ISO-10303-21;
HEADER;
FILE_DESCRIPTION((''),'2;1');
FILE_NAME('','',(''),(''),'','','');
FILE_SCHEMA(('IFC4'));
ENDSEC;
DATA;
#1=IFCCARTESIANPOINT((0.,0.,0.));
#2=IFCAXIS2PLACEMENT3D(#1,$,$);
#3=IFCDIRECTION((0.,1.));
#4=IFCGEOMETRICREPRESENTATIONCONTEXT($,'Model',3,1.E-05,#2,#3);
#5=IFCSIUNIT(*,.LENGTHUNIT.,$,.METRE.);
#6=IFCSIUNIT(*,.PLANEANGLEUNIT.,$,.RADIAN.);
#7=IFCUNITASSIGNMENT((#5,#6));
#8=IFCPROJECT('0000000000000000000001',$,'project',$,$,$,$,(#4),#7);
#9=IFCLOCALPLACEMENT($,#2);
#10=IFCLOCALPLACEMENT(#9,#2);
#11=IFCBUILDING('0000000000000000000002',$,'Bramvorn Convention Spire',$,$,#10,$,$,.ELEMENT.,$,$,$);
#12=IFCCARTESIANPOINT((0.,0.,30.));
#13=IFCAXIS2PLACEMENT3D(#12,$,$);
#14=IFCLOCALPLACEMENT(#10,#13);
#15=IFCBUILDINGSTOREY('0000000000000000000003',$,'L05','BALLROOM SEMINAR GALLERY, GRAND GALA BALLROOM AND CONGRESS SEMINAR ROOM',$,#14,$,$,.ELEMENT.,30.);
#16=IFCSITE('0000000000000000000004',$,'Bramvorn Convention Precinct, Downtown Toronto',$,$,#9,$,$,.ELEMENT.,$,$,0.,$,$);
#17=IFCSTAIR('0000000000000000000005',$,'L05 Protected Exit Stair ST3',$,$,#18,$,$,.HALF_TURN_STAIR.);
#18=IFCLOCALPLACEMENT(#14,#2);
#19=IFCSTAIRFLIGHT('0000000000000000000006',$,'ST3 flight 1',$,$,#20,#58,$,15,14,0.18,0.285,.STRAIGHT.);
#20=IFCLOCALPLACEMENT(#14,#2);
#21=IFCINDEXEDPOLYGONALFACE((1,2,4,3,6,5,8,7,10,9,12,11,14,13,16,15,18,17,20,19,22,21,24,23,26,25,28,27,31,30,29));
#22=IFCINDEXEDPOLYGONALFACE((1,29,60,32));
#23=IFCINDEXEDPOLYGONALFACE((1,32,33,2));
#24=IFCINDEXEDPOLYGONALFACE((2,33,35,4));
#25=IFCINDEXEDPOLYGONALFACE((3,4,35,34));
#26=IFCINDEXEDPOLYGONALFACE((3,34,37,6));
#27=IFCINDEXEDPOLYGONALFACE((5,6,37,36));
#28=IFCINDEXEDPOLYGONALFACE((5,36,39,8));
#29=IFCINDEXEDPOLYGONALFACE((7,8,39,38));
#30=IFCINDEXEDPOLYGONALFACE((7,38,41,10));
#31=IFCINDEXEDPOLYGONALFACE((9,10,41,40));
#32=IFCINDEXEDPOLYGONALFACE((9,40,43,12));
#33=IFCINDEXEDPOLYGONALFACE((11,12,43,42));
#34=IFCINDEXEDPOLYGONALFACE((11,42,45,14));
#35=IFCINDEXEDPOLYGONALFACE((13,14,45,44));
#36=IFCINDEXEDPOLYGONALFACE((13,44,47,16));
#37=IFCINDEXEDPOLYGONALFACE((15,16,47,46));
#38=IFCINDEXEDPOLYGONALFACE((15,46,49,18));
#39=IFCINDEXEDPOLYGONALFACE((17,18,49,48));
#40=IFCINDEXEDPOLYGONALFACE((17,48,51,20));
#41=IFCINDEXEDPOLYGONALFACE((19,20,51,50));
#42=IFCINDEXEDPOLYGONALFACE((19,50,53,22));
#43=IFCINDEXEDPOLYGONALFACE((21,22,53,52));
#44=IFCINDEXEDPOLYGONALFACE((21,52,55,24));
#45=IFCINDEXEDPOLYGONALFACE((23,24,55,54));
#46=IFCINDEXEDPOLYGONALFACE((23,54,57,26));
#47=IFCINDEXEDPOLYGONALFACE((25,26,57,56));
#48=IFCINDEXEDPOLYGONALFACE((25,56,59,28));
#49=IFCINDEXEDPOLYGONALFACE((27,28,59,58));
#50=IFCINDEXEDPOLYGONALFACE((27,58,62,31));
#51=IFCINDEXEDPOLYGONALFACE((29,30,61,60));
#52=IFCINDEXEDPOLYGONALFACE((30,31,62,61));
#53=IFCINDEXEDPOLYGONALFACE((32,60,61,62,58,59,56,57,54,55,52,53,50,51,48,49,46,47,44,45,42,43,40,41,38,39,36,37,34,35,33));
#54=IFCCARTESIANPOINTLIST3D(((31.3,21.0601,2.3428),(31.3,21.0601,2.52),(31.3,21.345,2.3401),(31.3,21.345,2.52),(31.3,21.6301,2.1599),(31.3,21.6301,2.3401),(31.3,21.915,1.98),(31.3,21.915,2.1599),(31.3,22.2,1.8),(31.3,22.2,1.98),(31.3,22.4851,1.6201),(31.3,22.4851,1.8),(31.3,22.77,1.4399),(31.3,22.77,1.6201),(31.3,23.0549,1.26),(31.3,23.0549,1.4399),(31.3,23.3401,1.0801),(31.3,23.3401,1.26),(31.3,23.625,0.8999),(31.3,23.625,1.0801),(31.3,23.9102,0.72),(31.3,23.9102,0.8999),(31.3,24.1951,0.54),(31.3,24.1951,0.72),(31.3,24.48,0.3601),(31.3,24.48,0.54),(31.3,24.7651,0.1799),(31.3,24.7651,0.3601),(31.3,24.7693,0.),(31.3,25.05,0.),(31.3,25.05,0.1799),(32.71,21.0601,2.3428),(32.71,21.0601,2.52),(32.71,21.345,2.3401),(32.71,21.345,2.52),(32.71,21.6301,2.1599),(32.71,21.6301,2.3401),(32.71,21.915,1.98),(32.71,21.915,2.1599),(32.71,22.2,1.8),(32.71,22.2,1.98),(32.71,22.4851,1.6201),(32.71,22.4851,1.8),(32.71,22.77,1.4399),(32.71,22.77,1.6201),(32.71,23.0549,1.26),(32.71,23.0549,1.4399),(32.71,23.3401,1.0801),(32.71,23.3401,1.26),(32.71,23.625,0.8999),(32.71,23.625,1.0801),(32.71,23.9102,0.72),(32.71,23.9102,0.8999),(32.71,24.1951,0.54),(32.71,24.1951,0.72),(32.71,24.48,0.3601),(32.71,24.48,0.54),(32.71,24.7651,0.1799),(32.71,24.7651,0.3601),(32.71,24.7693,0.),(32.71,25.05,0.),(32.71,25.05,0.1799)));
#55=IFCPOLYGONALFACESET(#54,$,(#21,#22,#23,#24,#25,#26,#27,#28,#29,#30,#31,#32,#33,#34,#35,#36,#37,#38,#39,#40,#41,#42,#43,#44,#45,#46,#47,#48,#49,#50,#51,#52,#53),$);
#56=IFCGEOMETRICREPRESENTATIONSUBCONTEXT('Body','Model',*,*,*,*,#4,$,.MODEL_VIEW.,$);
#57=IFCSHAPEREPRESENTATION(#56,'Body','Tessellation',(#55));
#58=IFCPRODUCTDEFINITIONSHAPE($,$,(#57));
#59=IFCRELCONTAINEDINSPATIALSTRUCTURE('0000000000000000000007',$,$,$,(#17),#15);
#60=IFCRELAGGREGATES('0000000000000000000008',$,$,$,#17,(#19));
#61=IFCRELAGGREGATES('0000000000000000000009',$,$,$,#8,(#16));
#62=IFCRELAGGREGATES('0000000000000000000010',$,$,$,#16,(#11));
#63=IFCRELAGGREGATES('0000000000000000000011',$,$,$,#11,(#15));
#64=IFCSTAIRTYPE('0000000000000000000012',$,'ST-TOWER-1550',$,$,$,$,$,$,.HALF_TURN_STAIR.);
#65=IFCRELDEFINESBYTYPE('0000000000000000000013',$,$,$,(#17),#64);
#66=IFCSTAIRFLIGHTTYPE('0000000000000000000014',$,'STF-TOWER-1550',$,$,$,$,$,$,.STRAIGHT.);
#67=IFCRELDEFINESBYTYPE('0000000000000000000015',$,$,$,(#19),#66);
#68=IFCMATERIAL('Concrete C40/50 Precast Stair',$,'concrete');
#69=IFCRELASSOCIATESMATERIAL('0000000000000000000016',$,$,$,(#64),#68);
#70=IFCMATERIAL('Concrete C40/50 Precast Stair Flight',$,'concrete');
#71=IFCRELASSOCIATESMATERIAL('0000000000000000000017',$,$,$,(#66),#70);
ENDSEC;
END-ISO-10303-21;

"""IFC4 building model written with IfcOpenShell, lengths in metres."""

from ifc_helpers import new_model, si_unit, direction, frame, origin, place, context, subcontext, project, spatial, polyline, outline, extrude, material, type_object, element, aggregate, save


model = new_model("IFC4")

# Units and contexts
model_context = context("Model", 3, precision=1e-05, world=origin(), true_north=direction((0.0, 1.0)))
body_context = subcontext(model_context, "Body", "Model", "MODEL_VIEW")
ifc_project = project(units=[si_unit("LENGTHUNIT", "METRE"), si_unit("PLANEANGLEUNIT", "RADIAN")], contexts=[model_context])

# Site, building, storey
site_placement = place(None, origin())
site = spatial("IfcSite", under=ifc_project, at=site_placement, Name="Bramvorn Convention Precinct, Downtown Toronto", CompositionType="ELEMENT", RefElevation=0.0)
building_placement = place(site_placement, origin())
building = spatial("IfcBuilding", under=site, at=building_placement, Name="Bramvorn Convention Spire", CompositionType="ELEMENT")
storey_placement = place(building_placement, frame((0.0, 0.0, 30.0)))
storey = spatial("IfcBuildingStorey", under=building, at=storey_placement, Name="L05", Description="BALLROOM SEMINAR GALLERY, GRAND GALA BALLROOM AND CONGRESS SEMINAR ROOM", CompositionType="ELEMENT", Elevation=30.0)

# Stair, stair flight
ifc_material_1 = material(Name="Concrete C40/50 Precast Stair", Category="concrete")
stair_type = type_object("IfcStairType", Name="ST-TOWER-1550", PredefinedType="HALF_TURN_STAIR", material=ifc_material_1)
ifc_material_2 = material(Name="Concrete C40/50 Precast Stair Flight", Category="concrete")
stair_flight_type = type_object("IfcStairFlightType", Name="STF-TOWER-1550", PredefinedType="STRAIGHT", material=ifc_material_2)
stair_1_placement = place(storey_placement, origin())
stair_1 = element("IfcStair", 1, at=stair_1_placement, inside=storey, type_object=stair_type, Name="L05 Protected Exit Stair ST3", PredefinedType="HALF_TURN_STAIR")
stair_flight_1_placement = place(storey_placement, frame((32.0049, 25.05, 0.0), z_axis=(0.0, 0.0, 1.0), x_axis=(0.0, -1.0, 0.0)))
stair_flight_1 = element("IfcStairFlight", 2, at=stair_flight_1_placement, type_object=stair_flight_type, Name="ST3 flight 1", NumberOfRisers=15, NumberOfTreads=14, PredefinedType="STRAIGHT", RiserHeight=0.18, TreadLength=0.285, context=body_context, shape_type="SweptSolid", body=[
    extrude(outline(polyline([(0.0, 0.0), (0.0, 0.1799), (0.2849, 0.1799), (0.2849, 0.3601), (0.5701, 0.3601), (0.5701, 0.54), (0.855, 0.54), (0.855, 0.72), (1.1399, 0.72), (1.1399, 0.8999), (1.425, 0.8999), (1.425, 1.0801), (1.71, 1.0801), (1.71, 1.26), (1.9951, 1.26), (1.9951, 1.4399), (2.28, 1.4399), (2.28, 1.6201), (2.5649, 1.6201), (2.5649, 1.8), (2.8501, 1.8), (2.8501, 1.98), (3.135, 1.98), (3.135, 2.1599), (3.4199, 2.1599), (3.4199, 2.3401), (3.7051, 2.3401), (3.7051, 2.52), (3.99, 2.52), (3.99, 2.7), (3.99, 2.3428), (0.2808, 0.0), (0.0, 0.0)])), frame((0.0, 0.7051, 0.0), z_axis=(0.0, -1.0, 0.0), x_axis=(1.0, 0.0, 0.0)), (0.0, 0.0, 1.0), 1.4099),
])
aggregate(stair_1, [stair_flight_1])

save(model, "model.ifc")
